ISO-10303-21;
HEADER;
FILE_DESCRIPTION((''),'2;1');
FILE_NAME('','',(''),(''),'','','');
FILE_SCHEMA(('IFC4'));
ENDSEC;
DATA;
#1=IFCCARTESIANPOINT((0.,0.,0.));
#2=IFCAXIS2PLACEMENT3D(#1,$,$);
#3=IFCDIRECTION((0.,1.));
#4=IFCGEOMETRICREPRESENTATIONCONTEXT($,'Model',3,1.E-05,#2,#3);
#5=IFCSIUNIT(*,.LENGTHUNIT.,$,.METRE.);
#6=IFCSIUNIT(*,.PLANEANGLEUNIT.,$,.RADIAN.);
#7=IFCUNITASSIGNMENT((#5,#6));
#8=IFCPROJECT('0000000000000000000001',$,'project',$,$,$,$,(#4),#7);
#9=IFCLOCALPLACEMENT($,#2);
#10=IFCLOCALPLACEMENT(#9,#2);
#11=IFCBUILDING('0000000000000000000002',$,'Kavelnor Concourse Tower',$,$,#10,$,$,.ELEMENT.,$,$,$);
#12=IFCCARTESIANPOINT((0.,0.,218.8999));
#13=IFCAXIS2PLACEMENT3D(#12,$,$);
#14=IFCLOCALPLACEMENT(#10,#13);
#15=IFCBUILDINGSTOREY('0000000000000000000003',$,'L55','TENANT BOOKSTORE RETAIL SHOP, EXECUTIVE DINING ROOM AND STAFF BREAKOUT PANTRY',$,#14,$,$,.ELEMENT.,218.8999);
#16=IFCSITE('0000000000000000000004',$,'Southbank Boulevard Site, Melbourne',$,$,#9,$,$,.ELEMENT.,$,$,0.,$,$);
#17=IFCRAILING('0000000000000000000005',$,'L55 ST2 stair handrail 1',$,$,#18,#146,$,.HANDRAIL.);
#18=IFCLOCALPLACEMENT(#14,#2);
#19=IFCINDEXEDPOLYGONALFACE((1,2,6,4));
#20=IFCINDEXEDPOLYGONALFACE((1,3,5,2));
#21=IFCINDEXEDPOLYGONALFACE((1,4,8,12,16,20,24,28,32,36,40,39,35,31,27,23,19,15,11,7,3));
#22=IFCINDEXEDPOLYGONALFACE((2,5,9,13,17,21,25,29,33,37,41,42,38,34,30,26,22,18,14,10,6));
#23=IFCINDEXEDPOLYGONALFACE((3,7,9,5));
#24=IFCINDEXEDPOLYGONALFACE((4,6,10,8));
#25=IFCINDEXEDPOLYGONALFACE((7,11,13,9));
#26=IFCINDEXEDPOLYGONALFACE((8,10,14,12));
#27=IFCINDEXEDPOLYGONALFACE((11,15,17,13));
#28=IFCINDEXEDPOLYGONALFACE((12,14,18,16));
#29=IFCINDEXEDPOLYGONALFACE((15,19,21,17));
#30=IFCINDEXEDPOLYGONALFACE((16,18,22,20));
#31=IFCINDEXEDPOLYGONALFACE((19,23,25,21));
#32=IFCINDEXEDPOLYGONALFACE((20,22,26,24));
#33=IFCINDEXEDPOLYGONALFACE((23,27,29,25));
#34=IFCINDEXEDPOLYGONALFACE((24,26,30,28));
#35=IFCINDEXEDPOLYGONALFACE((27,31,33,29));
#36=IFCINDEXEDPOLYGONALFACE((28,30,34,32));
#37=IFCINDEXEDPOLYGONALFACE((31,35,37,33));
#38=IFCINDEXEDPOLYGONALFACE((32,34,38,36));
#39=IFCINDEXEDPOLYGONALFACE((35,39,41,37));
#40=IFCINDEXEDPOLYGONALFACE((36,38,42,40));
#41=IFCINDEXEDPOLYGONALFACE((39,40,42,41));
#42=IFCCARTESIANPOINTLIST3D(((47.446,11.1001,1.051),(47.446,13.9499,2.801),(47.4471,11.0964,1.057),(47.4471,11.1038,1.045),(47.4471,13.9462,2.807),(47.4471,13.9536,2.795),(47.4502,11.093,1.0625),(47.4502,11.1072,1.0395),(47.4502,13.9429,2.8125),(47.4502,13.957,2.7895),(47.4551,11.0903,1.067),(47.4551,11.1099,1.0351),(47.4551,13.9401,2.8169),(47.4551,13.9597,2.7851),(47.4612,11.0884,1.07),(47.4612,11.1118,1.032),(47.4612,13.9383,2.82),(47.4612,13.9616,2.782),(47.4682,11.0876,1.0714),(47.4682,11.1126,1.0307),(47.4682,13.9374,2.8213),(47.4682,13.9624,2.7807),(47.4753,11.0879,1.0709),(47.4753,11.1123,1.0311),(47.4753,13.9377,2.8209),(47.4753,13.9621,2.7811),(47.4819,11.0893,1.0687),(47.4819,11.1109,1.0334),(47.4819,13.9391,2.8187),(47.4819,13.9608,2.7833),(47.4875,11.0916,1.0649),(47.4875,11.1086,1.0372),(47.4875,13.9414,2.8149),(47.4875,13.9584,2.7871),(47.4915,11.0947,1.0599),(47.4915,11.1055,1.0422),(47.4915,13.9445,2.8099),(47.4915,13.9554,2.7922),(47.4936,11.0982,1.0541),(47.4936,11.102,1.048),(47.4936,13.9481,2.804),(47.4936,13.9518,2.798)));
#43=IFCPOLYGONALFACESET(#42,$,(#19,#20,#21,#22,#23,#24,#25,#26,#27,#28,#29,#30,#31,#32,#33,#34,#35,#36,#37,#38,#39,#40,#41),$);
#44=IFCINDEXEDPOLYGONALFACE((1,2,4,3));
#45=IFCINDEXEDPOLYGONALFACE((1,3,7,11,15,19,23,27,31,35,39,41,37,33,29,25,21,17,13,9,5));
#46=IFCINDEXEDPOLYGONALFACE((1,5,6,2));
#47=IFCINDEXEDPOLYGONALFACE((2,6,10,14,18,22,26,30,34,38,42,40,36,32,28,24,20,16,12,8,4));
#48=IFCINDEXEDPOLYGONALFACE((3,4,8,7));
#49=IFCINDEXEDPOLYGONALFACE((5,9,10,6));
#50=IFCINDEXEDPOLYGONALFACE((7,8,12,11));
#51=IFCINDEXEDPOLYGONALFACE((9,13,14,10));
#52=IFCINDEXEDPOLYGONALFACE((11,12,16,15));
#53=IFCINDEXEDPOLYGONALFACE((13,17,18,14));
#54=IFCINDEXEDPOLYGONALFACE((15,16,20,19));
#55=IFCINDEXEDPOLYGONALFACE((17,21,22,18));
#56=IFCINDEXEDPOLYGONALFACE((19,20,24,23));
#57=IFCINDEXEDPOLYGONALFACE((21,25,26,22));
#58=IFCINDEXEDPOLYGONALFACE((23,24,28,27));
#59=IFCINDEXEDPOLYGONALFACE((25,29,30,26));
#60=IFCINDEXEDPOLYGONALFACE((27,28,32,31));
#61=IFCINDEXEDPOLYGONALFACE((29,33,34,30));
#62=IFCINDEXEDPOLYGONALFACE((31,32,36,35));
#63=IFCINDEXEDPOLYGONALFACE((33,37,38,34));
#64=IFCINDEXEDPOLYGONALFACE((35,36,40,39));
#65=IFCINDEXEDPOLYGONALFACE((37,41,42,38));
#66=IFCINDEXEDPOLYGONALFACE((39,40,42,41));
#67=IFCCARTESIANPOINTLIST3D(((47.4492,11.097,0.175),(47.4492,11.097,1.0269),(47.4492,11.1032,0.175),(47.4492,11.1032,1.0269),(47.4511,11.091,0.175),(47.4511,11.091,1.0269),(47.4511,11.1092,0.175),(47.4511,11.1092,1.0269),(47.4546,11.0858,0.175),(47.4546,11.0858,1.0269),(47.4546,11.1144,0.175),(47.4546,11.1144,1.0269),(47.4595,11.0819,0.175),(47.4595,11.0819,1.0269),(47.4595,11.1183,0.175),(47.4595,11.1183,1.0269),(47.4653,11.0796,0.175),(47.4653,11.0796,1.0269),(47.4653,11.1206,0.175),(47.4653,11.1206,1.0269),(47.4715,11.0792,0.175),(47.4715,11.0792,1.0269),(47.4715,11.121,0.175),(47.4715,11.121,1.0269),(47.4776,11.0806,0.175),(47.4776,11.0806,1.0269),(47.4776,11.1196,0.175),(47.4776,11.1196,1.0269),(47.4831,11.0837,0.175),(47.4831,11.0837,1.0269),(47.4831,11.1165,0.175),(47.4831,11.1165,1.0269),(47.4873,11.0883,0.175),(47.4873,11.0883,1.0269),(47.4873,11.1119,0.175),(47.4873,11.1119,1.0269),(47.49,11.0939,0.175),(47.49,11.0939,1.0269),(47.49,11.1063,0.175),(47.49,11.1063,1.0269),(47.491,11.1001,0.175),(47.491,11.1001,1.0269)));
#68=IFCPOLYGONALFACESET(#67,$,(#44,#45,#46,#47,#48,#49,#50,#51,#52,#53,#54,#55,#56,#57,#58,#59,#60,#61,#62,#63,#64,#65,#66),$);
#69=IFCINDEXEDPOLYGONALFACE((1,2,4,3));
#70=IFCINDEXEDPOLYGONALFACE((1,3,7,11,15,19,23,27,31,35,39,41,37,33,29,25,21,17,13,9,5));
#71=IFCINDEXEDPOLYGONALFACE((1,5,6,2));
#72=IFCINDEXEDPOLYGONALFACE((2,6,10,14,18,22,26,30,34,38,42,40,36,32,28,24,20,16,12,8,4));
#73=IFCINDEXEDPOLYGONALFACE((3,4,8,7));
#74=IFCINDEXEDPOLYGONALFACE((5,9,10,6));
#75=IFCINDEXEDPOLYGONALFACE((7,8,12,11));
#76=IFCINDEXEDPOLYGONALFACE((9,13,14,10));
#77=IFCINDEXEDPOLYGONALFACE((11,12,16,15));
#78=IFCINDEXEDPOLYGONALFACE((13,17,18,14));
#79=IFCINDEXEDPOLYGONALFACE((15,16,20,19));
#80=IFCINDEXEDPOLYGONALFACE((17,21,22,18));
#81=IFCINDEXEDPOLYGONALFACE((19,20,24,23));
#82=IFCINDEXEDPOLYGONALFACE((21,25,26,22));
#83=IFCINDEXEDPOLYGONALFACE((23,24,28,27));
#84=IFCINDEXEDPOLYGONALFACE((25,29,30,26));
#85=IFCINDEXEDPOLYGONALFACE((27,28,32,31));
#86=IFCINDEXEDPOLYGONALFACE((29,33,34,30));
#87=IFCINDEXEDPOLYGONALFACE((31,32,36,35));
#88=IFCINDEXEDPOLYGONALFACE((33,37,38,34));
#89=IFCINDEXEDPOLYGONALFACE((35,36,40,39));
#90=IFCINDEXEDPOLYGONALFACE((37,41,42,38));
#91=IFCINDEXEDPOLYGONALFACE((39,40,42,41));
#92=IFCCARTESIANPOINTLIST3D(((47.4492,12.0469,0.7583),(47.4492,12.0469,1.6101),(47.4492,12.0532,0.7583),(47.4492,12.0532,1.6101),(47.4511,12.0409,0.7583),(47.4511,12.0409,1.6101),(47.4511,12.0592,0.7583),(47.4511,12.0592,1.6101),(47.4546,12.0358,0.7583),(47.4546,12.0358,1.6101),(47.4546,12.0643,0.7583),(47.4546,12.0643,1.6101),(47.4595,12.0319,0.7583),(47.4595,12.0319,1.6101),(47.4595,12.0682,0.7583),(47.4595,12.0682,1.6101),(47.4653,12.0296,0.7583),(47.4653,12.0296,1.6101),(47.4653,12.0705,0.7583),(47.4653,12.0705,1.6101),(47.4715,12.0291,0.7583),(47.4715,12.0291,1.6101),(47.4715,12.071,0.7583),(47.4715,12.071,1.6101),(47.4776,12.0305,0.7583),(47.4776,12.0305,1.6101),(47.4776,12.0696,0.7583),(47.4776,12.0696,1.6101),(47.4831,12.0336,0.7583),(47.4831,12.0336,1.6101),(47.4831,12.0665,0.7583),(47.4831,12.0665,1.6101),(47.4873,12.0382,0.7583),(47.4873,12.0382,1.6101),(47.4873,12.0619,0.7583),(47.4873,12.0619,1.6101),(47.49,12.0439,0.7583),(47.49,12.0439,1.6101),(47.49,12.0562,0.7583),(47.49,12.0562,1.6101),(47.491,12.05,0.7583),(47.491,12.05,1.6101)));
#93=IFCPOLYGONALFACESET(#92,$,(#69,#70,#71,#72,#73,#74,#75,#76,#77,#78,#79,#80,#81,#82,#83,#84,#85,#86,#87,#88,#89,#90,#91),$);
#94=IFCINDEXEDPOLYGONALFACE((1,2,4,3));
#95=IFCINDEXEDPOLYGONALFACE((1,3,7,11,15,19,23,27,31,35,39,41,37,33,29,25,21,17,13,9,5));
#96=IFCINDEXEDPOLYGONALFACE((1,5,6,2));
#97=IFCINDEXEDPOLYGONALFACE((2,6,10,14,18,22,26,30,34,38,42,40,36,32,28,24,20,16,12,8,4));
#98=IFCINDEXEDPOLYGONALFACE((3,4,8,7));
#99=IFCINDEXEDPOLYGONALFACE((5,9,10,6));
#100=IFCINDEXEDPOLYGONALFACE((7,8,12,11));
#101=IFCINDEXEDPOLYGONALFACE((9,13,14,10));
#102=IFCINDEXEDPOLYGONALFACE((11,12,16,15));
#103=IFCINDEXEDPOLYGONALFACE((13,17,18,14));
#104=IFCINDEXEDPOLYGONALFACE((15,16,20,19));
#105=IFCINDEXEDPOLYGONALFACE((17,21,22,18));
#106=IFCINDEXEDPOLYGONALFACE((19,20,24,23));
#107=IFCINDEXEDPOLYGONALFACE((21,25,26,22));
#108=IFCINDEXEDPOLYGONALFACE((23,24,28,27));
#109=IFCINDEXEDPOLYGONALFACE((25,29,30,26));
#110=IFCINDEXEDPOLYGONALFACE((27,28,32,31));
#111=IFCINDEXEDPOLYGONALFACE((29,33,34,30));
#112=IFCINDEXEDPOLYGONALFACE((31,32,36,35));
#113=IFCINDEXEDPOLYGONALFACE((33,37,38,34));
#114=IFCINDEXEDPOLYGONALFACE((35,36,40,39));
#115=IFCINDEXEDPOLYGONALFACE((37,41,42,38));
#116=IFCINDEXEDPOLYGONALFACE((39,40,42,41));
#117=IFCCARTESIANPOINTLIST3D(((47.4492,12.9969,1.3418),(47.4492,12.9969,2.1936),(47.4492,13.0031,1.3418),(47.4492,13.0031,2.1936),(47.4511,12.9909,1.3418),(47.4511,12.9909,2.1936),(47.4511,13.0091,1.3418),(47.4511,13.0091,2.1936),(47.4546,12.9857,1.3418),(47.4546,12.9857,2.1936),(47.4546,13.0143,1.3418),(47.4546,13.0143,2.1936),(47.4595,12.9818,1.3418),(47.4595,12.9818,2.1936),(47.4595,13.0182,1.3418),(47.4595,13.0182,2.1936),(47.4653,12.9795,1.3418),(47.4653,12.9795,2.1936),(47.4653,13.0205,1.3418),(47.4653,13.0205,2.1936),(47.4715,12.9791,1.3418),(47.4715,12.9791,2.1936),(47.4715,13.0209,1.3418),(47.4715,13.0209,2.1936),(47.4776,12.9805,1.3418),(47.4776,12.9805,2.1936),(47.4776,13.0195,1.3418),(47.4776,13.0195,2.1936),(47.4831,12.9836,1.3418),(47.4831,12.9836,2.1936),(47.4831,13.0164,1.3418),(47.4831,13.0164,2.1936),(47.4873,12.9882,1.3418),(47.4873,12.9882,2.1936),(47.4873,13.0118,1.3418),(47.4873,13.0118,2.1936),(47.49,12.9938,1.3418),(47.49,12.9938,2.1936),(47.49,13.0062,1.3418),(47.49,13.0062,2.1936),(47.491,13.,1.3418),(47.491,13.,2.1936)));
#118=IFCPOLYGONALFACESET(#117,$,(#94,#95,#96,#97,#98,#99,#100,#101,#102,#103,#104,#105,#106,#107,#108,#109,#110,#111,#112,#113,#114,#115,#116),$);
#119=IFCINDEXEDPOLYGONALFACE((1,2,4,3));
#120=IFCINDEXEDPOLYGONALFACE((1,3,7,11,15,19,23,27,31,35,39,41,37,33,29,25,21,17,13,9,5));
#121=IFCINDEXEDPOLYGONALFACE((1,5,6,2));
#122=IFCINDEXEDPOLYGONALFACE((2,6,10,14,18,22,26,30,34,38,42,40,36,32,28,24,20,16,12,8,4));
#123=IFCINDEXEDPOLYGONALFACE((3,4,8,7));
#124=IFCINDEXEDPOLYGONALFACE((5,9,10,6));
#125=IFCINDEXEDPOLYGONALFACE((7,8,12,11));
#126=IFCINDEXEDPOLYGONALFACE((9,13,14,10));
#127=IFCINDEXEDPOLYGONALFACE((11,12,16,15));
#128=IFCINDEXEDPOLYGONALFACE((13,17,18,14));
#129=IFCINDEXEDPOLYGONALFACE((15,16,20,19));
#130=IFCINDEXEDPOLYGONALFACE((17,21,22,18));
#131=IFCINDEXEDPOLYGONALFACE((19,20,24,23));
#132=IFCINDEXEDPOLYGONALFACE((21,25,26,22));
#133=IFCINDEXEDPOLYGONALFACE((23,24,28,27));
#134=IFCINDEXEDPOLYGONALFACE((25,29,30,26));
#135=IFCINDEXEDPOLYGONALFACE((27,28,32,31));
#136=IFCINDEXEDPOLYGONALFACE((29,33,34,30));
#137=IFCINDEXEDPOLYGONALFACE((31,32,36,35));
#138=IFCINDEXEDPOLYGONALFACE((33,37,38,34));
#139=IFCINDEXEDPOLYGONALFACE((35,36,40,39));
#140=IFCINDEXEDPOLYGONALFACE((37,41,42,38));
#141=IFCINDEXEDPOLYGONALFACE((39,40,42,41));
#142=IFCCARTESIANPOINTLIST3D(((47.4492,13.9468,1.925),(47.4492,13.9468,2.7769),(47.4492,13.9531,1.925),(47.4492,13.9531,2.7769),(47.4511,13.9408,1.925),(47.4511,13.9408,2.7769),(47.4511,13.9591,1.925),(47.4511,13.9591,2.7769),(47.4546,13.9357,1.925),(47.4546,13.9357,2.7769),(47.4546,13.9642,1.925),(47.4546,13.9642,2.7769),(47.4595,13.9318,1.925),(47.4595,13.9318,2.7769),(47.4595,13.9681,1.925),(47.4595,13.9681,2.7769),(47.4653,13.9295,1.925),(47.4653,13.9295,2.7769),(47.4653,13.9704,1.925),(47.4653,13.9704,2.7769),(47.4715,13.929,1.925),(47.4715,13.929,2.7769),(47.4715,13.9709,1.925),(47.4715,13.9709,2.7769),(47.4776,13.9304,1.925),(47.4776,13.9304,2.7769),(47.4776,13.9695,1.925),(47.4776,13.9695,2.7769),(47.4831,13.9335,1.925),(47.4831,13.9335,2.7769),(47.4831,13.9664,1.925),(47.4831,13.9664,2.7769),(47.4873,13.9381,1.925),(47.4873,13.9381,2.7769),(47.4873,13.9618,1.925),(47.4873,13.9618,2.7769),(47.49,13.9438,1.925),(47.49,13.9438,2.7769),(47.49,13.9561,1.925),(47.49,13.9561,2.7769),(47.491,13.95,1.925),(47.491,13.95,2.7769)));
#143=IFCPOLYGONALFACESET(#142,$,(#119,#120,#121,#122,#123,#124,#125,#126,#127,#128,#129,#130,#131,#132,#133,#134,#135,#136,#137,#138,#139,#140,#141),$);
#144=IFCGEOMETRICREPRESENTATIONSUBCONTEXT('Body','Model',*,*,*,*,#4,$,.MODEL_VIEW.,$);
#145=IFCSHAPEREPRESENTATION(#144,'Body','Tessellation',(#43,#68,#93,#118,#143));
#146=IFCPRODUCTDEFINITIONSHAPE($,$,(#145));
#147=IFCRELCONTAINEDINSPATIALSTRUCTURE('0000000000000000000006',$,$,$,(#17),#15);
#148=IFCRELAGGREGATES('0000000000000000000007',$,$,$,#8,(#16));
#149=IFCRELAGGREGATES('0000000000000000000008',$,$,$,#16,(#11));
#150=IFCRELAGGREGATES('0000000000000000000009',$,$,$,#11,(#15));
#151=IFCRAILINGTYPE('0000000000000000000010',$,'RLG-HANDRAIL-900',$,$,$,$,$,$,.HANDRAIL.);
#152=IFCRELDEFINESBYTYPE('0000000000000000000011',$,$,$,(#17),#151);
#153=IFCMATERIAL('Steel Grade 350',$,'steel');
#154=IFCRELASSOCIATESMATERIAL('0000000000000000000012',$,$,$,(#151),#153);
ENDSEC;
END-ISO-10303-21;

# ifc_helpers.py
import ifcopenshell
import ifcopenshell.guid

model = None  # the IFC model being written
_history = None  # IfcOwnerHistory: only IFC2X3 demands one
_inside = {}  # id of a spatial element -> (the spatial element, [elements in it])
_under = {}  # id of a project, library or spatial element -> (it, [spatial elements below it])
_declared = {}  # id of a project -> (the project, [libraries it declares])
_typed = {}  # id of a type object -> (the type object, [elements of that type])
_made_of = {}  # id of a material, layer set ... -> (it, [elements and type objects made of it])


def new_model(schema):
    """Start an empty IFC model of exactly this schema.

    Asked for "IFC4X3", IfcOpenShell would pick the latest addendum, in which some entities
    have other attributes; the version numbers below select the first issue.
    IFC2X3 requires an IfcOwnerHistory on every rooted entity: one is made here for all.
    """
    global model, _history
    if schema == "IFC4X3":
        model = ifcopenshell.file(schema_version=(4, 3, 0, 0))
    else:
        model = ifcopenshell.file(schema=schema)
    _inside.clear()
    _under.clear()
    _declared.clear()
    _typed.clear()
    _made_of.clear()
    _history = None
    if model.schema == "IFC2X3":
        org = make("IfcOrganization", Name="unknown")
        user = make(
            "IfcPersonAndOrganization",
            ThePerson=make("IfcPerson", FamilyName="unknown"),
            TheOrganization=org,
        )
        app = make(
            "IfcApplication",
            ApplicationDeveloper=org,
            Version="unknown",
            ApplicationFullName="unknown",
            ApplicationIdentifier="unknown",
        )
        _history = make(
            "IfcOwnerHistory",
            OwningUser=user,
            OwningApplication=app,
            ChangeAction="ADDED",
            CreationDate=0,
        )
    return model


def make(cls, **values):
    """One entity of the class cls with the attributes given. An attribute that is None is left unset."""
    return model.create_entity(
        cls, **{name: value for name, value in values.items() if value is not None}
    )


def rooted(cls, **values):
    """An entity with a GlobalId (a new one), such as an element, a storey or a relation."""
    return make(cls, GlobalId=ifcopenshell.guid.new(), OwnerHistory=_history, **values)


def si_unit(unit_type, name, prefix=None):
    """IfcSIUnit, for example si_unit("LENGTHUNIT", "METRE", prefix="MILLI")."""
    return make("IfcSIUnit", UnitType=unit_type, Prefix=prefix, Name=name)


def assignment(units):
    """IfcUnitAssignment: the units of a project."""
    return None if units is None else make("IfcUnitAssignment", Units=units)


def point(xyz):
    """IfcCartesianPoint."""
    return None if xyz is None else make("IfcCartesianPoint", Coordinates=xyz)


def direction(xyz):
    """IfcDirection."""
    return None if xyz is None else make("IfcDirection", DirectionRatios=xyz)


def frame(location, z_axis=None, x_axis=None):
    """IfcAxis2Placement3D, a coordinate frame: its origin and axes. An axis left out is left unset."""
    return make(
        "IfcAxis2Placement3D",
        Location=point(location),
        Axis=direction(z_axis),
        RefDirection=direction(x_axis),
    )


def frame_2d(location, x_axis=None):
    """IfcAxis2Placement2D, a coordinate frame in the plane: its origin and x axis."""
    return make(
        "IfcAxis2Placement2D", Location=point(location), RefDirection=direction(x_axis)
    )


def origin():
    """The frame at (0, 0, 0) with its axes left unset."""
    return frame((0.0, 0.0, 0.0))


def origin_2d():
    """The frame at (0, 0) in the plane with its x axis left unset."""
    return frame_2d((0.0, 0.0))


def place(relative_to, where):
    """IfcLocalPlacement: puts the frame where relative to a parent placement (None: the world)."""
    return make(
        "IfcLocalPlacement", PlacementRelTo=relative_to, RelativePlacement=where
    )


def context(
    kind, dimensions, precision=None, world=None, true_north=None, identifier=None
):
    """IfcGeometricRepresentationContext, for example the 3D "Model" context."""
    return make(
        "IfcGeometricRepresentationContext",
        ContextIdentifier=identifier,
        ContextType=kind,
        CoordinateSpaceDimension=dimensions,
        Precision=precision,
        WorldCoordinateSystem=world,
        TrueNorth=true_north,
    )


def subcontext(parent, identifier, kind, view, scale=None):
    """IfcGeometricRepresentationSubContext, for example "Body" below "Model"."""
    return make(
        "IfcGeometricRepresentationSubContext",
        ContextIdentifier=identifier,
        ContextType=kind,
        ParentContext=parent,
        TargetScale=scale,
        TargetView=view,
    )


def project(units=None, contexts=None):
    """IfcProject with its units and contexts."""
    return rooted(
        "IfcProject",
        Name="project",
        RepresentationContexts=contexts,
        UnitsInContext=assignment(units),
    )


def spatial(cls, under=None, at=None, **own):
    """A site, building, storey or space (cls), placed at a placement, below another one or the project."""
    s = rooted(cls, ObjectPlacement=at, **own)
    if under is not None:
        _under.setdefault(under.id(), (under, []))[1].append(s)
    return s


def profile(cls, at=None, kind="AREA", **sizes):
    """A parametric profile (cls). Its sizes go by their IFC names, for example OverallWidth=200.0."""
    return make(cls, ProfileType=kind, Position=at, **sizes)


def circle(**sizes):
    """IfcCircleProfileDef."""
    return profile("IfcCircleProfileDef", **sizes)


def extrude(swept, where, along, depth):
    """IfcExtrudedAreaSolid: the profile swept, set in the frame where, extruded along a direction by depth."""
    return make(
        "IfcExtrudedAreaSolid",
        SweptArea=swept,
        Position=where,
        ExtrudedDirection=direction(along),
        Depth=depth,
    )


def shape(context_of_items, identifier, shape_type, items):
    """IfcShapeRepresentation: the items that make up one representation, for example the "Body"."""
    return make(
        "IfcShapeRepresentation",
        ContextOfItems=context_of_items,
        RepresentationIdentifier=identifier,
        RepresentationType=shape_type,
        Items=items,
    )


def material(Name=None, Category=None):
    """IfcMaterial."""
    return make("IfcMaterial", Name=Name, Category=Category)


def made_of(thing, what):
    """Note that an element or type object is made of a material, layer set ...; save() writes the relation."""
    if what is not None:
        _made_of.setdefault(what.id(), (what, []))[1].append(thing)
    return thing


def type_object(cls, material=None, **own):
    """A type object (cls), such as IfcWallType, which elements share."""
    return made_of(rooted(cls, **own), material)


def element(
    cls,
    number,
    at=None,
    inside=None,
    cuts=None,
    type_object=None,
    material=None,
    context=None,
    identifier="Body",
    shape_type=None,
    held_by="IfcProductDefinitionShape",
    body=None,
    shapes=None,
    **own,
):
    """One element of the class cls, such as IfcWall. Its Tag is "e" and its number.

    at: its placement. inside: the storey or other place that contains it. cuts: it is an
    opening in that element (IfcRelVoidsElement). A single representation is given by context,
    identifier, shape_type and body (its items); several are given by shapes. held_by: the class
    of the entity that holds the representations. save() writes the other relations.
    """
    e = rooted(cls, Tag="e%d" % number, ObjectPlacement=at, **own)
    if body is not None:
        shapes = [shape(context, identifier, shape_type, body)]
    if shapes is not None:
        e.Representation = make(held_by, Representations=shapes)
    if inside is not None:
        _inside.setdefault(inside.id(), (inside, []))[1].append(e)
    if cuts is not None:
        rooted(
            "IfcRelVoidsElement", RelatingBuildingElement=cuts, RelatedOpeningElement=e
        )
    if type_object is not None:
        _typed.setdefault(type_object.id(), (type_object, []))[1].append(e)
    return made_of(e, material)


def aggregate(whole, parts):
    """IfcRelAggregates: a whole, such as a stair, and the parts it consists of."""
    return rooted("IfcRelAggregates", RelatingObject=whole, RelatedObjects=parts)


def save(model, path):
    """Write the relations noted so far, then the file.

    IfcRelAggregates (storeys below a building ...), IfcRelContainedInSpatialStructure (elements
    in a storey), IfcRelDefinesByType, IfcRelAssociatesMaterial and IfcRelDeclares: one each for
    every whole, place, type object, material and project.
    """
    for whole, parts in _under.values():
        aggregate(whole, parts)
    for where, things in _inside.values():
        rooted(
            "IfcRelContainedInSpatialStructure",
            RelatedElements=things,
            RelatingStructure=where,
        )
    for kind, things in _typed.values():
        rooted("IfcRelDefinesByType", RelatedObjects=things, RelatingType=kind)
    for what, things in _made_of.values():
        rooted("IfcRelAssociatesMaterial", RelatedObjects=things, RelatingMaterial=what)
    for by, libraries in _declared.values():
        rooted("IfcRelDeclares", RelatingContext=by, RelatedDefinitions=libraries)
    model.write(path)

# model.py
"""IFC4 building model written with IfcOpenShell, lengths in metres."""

from ifc_helpers import new_model, si_unit, direction, frame, origin, origin_2d, place, context, subcontext, project, spatial, circle, extrude, material, type_object, element, save


model = new_model("IFC4")

# Units and contexts
model_context = context("Model", 3, precision=1e-05, world=origin(), true_north=direction((0.0, 1.0)))
body_context = subcontext(model_context, "Body", "Model", "MODEL_VIEW")
ifc_project = project(units=[si_unit("LENGTHUNIT", "METRE"), si_unit("PLANEANGLEUNIT", "RADIAN")], contexts=[model_context])

# Site, building, storey
site_placement = place(None, origin())
site = spatial("IfcSite", under=ifc_project, at=site_placement, Name="Southbank Boulevard Site, Melbourne", CompositionType="ELEMENT", RefElevation=0.0)
building_placement = place(site_placement, origin())
building = spatial("IfcBuilding", under=site, at=building_placement, Name="Kavelnor Concourse Tower", CompositionType="ELEMENT")
storey_placement = place(building_placement, frame((0.0, 0.0, 218.8999)))
storey = spatial("IfcBuildingStorey", under=building, at=storey_placement, Name="L55", Description="TENANT BOOKSTORE RETAIL SHOP, EXECUTIVE DINING ROOM AND STAFF BREAKOUT PANTRY", CompositionType="ELEMENT", Elevation=218.8999)

# Shared definitions
ifc_material_1 = material(Name="Steel Grade 350", Category="steel")

# Railing
railing_type_1 = type_object("IfcRailingType", Name="RLG-HANDRAIL-900", PredefinedType="HANDRAIL", material=ifc_material_1)
railing_1_placement = place(storey_placement, frame((47.47, 11.1001, 0.175)))
element("IfcRailing", 1, at=railing_1_placement, inside=storey, type_object=railing_type_1, Name="L55 ST2 stair handrail 1", PredefinedType="HANDRAIL", context=body_context, shape_type="SweptSolid", body=[
    extrude(circle(Radius=0.0239, at=origin_2d()), frame((0.0, 0.0, 0.876), z_axis=(0.0, 0.852159, 0.523283), x_axis=(-1.0, 0.0, 0.0)), (0.0, 0.0, 1.0), 3.3442),
    extrude(circle(Radius=0.021, at=origin_2d()), origin(), (0.0, 0.0, 1.0), 0.8518),
    extrude(circle(Radius=0.021, at=origin_2d()), frame((0.0, 0.95, 0.5833)), (0.0, 0.0, 1.0), 0.8518),
    extrude(circle(Radius=0.021, at=origin_2d()), frame((0.0, 1.8999, 1.1667)), (0.0, 0.0, 1.0), 0.8518),
    extrude(circle(Radius=0.021, at=origin_2d()), frame((0.0, 2.8499, 1.75)), (0.0, 0.0, 1.0), 0.8518),
])

save(model, "model.ifc")
